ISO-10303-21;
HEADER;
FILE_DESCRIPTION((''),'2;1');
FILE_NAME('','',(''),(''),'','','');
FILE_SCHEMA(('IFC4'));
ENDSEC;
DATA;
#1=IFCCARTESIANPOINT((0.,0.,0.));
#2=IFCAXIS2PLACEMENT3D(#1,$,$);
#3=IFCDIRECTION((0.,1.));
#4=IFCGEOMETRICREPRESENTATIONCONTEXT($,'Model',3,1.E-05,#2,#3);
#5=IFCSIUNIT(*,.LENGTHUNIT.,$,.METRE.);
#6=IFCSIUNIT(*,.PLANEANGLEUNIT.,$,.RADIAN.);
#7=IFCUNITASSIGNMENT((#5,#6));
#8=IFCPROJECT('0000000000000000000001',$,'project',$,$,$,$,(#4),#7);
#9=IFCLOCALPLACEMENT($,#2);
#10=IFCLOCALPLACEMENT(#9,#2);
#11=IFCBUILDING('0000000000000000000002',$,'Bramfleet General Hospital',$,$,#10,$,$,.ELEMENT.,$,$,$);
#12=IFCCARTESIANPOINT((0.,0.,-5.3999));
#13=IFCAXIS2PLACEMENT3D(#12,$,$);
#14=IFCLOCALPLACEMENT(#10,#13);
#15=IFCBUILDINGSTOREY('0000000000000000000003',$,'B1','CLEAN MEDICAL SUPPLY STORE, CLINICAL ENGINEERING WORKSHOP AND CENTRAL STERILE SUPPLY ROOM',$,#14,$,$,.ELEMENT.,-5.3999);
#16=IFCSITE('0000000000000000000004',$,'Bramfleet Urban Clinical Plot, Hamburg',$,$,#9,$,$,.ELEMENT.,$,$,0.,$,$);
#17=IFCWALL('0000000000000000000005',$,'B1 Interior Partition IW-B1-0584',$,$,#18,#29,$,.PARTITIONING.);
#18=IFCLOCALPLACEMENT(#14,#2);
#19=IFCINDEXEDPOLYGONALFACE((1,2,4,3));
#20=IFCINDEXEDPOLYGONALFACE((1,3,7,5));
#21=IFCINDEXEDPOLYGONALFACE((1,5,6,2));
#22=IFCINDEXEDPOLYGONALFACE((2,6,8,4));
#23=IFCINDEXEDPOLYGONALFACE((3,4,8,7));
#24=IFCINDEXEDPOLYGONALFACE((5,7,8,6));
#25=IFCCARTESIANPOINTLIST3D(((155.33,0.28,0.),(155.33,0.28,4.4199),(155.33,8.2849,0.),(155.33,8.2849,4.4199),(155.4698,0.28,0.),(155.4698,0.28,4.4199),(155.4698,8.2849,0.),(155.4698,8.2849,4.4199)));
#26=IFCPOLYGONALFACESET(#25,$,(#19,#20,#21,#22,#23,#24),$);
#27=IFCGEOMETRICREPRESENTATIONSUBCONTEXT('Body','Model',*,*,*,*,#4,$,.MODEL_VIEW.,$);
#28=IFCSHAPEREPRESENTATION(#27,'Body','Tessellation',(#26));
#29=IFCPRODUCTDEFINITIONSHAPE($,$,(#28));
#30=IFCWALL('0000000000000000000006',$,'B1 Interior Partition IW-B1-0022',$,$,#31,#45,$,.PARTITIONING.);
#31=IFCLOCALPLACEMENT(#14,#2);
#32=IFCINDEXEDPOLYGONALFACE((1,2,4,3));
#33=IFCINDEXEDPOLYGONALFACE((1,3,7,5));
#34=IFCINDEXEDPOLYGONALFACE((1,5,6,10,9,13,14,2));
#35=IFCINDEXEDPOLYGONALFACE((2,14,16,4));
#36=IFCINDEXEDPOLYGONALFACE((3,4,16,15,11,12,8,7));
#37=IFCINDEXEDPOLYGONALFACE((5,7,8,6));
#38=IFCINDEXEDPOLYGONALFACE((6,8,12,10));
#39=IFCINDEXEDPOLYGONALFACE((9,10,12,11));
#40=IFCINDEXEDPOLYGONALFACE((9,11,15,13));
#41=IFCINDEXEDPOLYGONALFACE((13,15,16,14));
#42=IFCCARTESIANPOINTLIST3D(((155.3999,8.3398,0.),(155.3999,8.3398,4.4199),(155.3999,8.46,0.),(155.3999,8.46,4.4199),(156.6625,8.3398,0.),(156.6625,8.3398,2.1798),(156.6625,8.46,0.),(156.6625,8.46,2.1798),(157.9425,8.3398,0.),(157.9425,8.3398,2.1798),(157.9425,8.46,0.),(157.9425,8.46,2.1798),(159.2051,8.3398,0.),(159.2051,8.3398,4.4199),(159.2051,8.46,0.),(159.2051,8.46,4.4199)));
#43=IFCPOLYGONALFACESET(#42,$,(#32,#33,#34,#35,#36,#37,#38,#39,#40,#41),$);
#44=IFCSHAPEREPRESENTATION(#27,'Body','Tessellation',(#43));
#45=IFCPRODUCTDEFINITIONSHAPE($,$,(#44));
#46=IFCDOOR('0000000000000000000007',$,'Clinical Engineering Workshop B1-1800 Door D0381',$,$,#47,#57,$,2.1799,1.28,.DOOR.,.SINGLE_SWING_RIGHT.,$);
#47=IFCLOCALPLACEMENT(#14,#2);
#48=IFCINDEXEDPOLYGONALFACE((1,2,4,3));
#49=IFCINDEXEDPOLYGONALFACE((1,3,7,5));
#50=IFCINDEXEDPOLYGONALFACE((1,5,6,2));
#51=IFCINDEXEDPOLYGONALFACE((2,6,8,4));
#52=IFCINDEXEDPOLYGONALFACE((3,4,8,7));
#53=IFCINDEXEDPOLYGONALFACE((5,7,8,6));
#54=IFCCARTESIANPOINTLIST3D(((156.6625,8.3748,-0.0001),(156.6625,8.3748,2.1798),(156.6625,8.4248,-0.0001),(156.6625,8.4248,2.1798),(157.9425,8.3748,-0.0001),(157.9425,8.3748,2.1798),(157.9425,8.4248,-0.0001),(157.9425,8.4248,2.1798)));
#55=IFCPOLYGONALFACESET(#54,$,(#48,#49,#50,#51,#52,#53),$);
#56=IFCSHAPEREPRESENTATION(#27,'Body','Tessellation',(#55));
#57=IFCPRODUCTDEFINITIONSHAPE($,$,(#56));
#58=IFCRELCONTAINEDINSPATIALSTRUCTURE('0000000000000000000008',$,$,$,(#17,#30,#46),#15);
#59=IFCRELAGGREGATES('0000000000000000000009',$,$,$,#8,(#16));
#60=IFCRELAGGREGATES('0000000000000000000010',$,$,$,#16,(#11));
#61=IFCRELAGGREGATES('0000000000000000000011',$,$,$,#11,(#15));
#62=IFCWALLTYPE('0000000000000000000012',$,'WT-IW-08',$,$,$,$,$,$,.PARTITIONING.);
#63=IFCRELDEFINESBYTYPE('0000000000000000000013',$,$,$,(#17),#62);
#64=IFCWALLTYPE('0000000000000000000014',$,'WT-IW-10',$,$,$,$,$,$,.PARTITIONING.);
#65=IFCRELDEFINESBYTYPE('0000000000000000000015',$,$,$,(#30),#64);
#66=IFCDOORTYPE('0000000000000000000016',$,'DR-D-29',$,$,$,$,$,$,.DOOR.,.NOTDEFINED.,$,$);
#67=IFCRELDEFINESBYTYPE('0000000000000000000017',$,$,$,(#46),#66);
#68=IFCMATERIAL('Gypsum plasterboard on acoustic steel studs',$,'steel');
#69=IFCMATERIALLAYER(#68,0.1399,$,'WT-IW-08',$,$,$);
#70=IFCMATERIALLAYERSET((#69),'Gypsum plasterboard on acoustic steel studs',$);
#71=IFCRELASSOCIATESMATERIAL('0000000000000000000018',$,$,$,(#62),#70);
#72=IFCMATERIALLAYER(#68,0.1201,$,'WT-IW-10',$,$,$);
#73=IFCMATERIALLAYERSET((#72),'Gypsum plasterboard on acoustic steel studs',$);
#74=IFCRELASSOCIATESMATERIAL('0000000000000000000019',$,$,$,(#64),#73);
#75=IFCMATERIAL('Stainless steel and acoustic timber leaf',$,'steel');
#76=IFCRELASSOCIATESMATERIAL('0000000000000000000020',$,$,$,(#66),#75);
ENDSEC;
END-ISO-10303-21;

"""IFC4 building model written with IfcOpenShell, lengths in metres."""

from ifc_helpers import new_model, si_unit, direction, frame, frame_2d, origin, place, context, subcontext, project, spatial, rectangle, extrude, material, layer, layer_set, type_object, element, fill, save


model = new_model("IFC4")

# Units and contexts
model_context = context("Model", 3, precision=1e-05, world=origin(), true_north=direction((0.0, 1.0)))
body_context = subcontext(model_context, "Body", "Model", "MODEL_VIEW")
ifc_project = project(units=[si_unit("LENGTHUNIT", "METRE"), si_unit("PLANEANGLEUNIT", "RADIAN")], contexts=[model_context])

# Site, building, storey
site_placement = place(None, origin())
site = spatial("IfcSite", under=ifc_project, at=site_placement, Name="Bramfleet Urban Clinical Plot, Hamburg", CompositionType="ELEMENT", RefElevation=0.0)
building_placement = place(site_placement, origin())
building = spatial("IfcBuilding", under=site, at=building_placement, Name="Bramfleet General Hospital", CompositionType="ELEMENT")
storey_placement = place(building_placement, frame((0.0, 0.0, -5.3999)))
storey = spatial("IfcBuildingStorey", under=building, at=storey_placement, Name="B1", Description="CLEAN MEDICAL SUPPLY STORE, CLINICAL ENGINEERING WORKSHOP AND CENTRAL STERILE SUPPLY ROOM", CompositionType="ELEMENT", Elevation=-5.3999)

# Wall
ifc_material_1 = material(Name="Gypsum plasterboard on acoustic steel studs", Category="steel")
ifc_layer_1 = layer(ifc_material_1, 0.1399, Name="WT-IW-08")
ifc_layer_set_1 = layer_set([ifc_layer_1], Name="Gypsum plasterboard on acoustic steel studs")
wall_type_1 = type_object("IfcWallType", Name="WT-IW-08", PredefinedType="PARTITIONING", material=ifc_layer_set_1)
wall_1_placement = place(storey_placement, frame((155.3999, 0.28, 0.0), z_axis=(0.0, 0.0, 1.0), x_axis=(0.0, 1.0, 0.0)))
element("IfcWall", 1, at=wall_1_placement, inside=storey, type_object=wall_type_1, Name="B1 Interior Partition IW-B1-0584", PredefinedType="PARTITIONING", context=body_context, shape_type="SweptSolid", body=[
    extrude(rectangle(XDim=8.0049, YDim=0.1399, at=frame_2d((4.0024, 0.0))), origin(), (0.0, 0.0, 1.0), 4.4199),
])

# Wall, opening, door
ifc_material_2 = material(Name="Stainless steel and acoustic timber leaf", Category="steel")
ifc_layer_2 = layer(ifc_material_1, 0.1201, Name="WT-IW-10")
ifc_layer_set_2 = layer_set([ifc_layer_2], Name="Gypsum plasterboard on acoustic steel studs")
wall_type_2 = type_object("IfcWallType", Name="WT-IW-10", PredefinedType="PARTITIONING", material=ifc_layer_set_2)
wall_2_placement = place(storey_placement, frame((155.3999, 8.3999, 0.0), z_axis=(0.0, 0.0, 1.0), x_axis=(1.0, 0.0, 0.0)))
wall_2 = element("IfcWall", 2, at=wall_2_placement, inside=storey, type_object=wall_type_2, Name="B1 Interior Partition IW-B1-0022", PredefinedType="PARTITIONING", context=body_context, shape_type="SweptSolid", body=[
    extrude(rectangle(XDim=3.8052, YDim=0.1201, at=frame_2d((1.9026, 0.0))), origin(), (0.0, 0.0, 1.0), 4.4199),
])
opening_1_placement = place(wall_2_placement, frame((1.2625, 0.0, 0.0)))
opening_1 = element("IfcOpeningElement", 3, at=opening_1_placement, cuts=wall_2, PredefinedType="OPENING", context=body_context, shape_type="SweptSolid", body=[
    extrude(rectangle(XDim=1.28, YDim=2.1799, at=frame_2d((0.6401, 1.0898))), frame((0.0, 0.0701, 0.0), z_axis=(0.0, -1.0, 0.0), x_axis=(1.0, 0.0, 0.0)), (0.0, 0.0, 1.0), 0.1401),
])
door_type_1 = type_object("IfcDoorType", Name="DR-D-29", OperationType="NOTDEFINED", PredefinedType="DOOR", material=ifc_material_2)
door_1_placement = place(opening_1_placement, origin())
door_1 = element("IfcDoor", 4, at=door_1_placement, inside=storey, type_object=door_type_1, Name="Clinical Engineering Workshop B1-1800 Door D0381", OperationType="SINGLE_SWING_RIGHT", OverallHeight=2.1799, OverallWidth=1.28, PredefinedType="DOOR", context=body_context, shape_type="SweptSolid", body=[
    extrude(rectangle(XDim=1.28, YDim=2.1799, at=frame_2d((0.6401, 1.0898))), frame((0.0, 0.0249, 0.0), z_axis=(0.0, -1.0, 0.0), x_axis=(1.0, 0.0, 0.0)), (0.0, 0.0, 1.0), 0.05),
])
fill(opening_1, door_1)

save(model, "model.ifc")
